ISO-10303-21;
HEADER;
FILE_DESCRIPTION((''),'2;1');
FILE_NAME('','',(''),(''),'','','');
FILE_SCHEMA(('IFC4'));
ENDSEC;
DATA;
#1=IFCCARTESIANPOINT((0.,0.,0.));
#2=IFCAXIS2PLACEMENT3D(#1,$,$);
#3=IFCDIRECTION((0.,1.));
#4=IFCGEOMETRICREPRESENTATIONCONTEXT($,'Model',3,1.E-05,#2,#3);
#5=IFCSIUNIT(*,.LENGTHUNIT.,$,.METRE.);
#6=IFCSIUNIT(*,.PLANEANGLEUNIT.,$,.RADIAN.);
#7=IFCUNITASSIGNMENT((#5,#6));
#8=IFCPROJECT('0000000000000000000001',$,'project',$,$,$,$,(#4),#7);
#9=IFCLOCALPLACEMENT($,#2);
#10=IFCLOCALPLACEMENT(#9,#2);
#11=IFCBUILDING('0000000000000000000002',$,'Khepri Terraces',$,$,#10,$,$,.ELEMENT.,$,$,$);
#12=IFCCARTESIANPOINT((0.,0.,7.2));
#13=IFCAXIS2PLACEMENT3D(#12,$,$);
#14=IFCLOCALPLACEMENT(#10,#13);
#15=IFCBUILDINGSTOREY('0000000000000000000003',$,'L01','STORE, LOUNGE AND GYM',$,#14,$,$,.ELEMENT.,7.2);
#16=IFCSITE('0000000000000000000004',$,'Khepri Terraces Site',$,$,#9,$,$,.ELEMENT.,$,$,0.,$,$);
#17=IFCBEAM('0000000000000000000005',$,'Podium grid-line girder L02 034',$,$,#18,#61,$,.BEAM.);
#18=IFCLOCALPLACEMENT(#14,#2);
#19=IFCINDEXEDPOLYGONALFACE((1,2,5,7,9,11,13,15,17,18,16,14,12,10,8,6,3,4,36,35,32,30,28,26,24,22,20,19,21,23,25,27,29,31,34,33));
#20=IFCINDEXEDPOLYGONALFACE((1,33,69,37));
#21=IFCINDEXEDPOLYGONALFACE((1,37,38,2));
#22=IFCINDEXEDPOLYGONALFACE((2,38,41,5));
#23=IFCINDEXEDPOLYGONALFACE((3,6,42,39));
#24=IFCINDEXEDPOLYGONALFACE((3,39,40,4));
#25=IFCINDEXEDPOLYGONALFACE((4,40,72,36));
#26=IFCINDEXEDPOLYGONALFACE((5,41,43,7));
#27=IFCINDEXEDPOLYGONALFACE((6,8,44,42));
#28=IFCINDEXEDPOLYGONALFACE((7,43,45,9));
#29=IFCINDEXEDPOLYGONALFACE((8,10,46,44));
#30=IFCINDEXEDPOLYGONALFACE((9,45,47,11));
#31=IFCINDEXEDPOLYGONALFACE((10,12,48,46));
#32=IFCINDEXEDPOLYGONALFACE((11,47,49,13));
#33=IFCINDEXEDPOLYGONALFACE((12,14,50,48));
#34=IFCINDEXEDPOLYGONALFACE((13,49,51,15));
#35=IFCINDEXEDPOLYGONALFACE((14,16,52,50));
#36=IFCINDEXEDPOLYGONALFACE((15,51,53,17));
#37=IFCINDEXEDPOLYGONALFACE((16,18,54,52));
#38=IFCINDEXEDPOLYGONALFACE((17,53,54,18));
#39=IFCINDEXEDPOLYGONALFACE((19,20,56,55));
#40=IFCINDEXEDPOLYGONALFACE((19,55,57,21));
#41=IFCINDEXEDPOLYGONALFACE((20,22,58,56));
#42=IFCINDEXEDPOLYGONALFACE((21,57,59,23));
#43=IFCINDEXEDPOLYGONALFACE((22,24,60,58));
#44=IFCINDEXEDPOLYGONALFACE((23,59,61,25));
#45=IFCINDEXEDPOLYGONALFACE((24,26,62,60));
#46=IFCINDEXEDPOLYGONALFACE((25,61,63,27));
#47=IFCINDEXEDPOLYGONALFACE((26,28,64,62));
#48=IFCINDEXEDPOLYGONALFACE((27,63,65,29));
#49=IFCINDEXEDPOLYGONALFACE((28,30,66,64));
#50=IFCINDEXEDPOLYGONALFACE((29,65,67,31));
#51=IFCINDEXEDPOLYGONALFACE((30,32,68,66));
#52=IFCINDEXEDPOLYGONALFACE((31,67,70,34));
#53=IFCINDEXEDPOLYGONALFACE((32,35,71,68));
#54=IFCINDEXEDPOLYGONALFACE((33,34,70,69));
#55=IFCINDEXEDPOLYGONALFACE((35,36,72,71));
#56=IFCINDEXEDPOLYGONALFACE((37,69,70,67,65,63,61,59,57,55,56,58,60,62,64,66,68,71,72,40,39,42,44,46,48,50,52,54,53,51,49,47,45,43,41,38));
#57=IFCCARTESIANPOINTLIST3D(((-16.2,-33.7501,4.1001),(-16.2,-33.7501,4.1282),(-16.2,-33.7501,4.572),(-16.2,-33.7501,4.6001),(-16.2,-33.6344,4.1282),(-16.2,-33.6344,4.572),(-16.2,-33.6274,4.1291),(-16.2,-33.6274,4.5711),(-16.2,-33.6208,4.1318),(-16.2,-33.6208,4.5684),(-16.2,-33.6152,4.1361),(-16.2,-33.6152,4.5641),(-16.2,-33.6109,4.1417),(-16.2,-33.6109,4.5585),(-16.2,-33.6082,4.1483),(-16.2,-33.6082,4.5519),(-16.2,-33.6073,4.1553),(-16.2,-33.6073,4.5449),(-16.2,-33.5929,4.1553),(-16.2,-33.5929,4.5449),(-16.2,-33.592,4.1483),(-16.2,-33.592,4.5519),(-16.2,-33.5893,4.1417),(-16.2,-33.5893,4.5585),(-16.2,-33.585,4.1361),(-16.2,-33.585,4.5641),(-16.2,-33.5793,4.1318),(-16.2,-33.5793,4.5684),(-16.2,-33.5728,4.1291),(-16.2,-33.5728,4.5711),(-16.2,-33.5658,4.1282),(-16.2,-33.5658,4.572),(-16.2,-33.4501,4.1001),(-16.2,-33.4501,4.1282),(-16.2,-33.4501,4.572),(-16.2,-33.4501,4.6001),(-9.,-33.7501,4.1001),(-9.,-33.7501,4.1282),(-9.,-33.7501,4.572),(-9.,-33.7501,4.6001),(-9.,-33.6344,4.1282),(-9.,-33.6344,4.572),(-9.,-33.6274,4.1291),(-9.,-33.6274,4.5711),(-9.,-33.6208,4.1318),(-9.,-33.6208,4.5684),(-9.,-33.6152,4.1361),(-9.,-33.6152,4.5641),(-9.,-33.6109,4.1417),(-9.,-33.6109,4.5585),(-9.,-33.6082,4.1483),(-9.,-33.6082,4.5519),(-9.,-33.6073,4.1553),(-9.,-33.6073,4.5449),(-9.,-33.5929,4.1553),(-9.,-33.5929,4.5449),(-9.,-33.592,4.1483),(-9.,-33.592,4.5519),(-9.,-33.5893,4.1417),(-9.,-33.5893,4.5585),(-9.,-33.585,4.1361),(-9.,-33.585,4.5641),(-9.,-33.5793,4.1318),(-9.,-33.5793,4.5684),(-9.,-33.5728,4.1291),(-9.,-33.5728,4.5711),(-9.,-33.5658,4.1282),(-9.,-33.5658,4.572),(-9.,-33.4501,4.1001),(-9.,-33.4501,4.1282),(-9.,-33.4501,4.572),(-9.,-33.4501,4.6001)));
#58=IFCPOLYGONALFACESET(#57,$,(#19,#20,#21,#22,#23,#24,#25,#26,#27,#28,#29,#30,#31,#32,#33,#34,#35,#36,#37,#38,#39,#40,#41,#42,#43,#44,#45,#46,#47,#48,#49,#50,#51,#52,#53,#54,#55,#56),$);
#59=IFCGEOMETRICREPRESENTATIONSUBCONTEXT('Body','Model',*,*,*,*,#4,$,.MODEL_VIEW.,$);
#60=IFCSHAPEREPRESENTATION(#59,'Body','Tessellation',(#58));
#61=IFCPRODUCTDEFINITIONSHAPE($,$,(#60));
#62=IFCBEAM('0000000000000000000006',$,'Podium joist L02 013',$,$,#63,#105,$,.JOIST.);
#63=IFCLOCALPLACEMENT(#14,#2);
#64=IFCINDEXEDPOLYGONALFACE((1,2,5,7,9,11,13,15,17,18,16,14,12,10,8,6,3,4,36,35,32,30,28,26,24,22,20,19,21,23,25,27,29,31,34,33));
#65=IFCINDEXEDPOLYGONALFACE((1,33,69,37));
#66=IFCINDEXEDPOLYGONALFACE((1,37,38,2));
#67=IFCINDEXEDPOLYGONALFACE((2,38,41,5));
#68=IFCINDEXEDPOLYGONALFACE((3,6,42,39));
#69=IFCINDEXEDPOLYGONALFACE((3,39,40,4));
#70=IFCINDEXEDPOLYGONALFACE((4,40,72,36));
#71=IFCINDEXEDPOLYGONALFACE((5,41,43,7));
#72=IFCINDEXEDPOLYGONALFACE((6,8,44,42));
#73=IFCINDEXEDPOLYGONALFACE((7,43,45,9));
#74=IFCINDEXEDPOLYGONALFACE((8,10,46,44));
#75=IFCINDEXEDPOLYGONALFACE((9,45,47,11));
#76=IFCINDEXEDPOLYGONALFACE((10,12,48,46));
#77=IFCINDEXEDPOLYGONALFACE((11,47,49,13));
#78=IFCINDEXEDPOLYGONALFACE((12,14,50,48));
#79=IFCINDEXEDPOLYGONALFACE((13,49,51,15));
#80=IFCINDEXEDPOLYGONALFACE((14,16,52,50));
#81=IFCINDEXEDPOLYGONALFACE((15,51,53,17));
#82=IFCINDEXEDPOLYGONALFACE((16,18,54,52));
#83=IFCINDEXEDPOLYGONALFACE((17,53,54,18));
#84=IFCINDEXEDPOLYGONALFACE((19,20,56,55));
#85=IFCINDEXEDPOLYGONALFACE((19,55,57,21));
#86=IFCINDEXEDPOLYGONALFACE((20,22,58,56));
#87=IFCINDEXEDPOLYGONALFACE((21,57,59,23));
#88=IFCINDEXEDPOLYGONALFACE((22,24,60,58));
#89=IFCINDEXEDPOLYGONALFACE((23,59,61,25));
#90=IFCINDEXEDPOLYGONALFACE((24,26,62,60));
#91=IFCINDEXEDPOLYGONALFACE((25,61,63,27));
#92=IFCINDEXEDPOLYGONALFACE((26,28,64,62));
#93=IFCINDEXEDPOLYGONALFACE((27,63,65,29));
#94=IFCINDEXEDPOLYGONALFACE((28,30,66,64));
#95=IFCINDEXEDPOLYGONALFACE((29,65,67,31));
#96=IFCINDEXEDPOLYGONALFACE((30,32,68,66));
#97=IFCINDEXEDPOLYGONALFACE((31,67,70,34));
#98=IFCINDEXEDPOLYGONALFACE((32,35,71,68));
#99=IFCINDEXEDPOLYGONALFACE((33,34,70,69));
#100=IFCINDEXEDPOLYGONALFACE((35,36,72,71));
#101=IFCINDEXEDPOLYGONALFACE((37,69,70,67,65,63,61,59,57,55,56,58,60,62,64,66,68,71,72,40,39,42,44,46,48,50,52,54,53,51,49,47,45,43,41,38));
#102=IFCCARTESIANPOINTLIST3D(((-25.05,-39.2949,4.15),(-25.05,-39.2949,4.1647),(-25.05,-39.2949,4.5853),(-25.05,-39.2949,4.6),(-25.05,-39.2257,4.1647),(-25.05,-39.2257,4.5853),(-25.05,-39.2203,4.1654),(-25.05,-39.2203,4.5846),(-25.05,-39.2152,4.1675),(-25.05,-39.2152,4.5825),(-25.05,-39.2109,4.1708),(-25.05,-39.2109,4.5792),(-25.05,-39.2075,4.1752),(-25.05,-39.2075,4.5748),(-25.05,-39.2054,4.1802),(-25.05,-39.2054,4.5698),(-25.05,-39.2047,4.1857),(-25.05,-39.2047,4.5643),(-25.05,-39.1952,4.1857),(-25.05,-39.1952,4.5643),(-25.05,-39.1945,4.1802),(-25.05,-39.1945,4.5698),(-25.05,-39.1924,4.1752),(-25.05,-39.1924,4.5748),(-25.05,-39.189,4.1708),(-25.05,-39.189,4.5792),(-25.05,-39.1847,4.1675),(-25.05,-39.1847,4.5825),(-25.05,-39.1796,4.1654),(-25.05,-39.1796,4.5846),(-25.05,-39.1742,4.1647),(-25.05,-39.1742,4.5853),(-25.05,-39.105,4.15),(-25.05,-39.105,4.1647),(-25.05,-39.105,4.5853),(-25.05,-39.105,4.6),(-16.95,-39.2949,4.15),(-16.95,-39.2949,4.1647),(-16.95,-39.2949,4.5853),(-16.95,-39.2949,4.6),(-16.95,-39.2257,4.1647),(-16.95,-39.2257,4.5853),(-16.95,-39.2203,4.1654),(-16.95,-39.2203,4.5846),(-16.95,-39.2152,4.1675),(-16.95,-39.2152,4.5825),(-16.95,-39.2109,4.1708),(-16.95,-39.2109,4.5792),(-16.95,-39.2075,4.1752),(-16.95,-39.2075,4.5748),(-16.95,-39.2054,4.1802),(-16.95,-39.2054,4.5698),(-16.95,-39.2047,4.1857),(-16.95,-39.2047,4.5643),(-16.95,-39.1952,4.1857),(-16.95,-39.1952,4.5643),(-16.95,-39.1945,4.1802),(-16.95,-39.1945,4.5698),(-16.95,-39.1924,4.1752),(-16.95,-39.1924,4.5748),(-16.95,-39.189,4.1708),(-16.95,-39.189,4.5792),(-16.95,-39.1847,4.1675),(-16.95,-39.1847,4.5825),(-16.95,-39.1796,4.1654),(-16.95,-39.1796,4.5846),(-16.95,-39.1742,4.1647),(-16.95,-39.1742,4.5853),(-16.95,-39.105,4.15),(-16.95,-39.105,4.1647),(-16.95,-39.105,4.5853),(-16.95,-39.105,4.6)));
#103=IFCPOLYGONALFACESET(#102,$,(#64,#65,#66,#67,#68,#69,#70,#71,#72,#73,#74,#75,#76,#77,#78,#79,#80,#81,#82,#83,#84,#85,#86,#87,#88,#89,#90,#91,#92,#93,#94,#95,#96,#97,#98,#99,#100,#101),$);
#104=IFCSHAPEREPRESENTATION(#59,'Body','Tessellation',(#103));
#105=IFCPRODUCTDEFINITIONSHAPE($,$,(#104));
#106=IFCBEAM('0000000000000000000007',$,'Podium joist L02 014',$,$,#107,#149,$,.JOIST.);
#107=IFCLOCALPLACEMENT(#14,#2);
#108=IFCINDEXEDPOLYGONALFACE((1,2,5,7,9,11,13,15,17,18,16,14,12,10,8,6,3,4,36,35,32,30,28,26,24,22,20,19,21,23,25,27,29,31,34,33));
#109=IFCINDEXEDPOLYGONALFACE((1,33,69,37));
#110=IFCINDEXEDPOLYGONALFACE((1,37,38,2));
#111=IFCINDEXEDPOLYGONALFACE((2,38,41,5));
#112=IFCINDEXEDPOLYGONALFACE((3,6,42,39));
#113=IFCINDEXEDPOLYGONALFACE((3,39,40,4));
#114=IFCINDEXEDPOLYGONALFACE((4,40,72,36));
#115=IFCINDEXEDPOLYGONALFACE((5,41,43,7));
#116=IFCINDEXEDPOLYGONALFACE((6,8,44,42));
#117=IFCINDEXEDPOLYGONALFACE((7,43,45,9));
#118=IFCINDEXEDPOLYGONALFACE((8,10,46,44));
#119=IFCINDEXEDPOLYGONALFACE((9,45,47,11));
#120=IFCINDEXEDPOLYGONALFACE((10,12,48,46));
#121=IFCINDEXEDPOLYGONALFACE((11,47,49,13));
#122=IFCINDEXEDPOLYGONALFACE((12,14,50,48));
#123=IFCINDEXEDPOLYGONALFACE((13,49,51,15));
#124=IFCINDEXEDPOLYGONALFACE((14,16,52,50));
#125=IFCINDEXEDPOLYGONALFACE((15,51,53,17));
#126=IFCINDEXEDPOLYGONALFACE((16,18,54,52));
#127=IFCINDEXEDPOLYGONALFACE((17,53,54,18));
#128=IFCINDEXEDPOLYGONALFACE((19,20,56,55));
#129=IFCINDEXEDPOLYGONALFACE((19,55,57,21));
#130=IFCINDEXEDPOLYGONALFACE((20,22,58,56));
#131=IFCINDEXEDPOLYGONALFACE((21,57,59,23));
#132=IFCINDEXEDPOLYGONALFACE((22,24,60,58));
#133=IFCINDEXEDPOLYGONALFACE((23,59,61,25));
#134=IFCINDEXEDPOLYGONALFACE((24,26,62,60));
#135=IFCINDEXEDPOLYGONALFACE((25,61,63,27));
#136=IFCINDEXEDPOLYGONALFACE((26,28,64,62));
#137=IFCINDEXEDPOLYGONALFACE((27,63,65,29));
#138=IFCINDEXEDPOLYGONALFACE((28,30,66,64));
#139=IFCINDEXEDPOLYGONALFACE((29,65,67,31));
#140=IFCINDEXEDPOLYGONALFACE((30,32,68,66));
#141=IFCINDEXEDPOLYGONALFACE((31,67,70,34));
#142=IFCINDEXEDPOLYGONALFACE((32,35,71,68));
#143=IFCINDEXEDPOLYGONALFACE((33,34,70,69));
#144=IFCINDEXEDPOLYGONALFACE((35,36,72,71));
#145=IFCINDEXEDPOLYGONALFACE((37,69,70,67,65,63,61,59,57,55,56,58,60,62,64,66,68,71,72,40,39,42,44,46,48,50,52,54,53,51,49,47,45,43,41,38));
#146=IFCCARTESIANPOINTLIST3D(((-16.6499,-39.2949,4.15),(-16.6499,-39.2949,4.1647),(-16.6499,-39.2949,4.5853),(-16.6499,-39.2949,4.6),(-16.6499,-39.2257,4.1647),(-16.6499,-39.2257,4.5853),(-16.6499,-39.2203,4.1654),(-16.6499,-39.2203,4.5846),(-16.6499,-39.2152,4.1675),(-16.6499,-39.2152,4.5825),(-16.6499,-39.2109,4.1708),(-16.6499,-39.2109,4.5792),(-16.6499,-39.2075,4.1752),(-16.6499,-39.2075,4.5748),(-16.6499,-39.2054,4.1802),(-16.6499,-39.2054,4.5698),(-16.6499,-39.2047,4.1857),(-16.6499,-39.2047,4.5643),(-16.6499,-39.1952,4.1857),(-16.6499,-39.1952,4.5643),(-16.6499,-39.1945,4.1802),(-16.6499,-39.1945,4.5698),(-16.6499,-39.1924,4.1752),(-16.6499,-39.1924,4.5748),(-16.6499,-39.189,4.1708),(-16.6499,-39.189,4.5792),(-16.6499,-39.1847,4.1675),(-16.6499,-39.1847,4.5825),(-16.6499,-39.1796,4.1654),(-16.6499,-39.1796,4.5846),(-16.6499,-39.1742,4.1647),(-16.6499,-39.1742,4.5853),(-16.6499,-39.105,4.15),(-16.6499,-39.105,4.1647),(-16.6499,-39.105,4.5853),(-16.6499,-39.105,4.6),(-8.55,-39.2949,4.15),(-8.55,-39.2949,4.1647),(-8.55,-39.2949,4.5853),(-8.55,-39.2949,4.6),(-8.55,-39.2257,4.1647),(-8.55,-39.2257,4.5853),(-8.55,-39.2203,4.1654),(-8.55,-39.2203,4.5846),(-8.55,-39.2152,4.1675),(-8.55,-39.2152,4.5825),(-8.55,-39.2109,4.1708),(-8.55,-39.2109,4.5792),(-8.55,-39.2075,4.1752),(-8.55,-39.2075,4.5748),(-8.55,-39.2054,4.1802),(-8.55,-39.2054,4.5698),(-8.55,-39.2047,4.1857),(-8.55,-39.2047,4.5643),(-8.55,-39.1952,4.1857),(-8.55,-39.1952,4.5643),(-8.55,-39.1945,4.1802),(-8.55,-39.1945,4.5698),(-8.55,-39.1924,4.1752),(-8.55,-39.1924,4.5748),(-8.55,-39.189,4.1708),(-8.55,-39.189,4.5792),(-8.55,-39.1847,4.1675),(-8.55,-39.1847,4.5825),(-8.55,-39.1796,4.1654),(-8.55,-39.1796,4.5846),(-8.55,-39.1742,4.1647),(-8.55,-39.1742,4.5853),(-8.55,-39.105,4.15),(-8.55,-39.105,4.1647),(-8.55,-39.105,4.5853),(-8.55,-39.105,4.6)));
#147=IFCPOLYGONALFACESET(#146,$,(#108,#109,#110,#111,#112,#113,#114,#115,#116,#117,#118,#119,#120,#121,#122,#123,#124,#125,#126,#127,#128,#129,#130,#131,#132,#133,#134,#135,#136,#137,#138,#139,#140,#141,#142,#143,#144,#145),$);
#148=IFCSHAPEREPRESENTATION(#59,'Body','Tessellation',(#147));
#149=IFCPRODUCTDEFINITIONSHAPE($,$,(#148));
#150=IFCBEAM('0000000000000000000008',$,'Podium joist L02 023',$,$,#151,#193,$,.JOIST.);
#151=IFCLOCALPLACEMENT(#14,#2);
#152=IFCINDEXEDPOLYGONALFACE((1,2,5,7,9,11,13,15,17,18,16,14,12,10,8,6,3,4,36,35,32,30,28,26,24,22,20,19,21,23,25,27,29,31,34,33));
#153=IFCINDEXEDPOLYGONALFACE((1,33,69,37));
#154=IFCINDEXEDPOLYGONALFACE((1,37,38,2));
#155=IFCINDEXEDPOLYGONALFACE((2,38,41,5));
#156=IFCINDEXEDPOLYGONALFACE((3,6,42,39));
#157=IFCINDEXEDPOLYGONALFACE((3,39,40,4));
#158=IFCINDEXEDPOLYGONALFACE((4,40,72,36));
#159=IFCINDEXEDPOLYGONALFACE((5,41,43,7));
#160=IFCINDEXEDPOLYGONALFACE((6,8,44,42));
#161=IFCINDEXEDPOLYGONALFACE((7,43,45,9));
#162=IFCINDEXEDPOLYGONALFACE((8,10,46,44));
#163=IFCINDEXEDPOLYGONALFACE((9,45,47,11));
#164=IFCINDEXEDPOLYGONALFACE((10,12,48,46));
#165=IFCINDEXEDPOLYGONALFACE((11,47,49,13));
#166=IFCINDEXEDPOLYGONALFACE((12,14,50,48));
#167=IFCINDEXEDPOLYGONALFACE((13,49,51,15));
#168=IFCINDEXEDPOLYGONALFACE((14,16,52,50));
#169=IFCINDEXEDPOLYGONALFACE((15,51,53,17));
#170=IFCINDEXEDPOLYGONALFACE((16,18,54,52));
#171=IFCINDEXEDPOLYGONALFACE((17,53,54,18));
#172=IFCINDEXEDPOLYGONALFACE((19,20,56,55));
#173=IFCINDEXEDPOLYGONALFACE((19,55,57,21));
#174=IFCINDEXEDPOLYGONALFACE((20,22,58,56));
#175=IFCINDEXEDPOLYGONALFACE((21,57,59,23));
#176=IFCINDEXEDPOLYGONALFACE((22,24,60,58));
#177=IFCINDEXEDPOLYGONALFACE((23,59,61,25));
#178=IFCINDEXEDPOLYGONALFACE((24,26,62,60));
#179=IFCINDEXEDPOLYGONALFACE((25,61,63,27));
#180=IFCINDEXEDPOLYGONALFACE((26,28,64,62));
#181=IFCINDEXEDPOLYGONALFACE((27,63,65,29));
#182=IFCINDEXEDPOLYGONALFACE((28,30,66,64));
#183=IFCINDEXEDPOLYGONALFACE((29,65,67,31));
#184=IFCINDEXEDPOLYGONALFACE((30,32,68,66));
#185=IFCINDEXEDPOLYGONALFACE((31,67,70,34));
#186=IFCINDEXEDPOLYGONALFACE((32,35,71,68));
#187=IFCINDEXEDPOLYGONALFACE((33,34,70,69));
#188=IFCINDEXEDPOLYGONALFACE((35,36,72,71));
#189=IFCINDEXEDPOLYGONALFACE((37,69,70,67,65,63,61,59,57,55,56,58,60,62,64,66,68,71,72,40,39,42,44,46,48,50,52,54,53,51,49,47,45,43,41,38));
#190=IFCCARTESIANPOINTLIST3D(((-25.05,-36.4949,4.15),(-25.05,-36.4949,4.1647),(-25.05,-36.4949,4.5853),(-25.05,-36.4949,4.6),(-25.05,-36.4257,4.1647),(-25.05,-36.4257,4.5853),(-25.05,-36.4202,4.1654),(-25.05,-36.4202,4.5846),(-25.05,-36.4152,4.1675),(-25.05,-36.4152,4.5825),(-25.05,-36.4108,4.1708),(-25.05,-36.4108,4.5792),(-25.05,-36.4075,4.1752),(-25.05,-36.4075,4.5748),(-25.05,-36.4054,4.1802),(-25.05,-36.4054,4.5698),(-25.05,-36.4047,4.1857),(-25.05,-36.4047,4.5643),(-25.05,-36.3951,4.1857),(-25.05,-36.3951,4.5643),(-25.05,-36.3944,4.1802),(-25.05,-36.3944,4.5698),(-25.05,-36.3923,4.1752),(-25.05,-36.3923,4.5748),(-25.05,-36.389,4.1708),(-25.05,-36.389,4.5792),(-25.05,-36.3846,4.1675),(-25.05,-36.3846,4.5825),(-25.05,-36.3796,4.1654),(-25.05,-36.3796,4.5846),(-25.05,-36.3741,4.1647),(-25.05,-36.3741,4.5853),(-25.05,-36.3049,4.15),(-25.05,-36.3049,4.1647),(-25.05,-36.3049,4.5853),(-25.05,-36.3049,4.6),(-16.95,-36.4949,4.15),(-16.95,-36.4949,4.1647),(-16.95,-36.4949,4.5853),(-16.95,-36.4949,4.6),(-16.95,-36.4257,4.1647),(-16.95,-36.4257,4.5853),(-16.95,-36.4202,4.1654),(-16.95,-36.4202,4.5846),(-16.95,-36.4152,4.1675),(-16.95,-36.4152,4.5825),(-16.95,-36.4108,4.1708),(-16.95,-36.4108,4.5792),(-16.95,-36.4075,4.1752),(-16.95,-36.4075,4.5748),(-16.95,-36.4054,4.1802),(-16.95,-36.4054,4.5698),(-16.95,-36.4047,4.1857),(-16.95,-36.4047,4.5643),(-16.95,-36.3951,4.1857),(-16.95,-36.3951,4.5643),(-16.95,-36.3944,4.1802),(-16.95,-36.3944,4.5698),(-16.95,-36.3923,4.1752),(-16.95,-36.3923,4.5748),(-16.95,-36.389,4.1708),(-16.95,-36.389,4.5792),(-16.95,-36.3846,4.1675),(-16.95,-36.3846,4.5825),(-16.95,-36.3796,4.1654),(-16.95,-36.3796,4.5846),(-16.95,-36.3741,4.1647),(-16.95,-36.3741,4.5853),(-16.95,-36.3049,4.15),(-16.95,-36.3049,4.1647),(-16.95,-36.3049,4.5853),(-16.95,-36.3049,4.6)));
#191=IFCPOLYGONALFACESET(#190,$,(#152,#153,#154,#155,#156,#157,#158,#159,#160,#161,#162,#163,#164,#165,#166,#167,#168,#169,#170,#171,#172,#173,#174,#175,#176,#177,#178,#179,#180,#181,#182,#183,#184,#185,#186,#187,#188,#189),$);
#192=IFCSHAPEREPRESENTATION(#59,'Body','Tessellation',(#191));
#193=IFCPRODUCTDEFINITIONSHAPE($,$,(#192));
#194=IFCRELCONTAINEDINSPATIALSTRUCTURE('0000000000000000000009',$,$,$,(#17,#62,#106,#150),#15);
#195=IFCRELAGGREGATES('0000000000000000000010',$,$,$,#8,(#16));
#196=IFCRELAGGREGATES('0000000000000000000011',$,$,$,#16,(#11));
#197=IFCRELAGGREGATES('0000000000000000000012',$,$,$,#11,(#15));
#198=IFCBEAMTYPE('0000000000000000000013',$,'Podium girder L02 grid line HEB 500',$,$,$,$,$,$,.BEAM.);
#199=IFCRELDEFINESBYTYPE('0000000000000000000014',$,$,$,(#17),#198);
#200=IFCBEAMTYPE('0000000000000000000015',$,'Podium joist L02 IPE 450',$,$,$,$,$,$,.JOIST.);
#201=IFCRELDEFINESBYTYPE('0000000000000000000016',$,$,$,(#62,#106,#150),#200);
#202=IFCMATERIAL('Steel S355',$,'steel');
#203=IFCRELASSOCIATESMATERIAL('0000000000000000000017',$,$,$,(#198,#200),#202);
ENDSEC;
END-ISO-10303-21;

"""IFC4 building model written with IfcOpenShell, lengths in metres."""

from ifc_helpers import new_model, si_unit, direction, frame, origin, origin_2d, place, context, subcontext, project, spatial, i_section, extrude, material, material_profile, profile_set, type_object, element, save


model = new_model("IFC4")

# Units and contexts
model_context = context("Model", 3, precision=1e-05, world=origin(), true_north=direction((0.0, 1.0)))
body_context = subcontext(model_context, "Body", "Model", "MODEL_VIEW")
ifc_project = project(units=[si_unit("LENGTHUNIT", "METRE"), si_unit("PLANEANGLEUNIT", "RADIAN")], contexts=[model_context])

# Site, building, storey
site_placement = place(None, origin())
site = spatial("IfcSite", under=ifc_project, at=site_placement, Name="Khepri Terraces Site", CompositionType="ELEMENT", RefElevation=0.0)
building_placement = place(site_placement, origin())
building = spatial("IfcBuilding", under=site, at=building_placement, Name="Khepri Terraces", CompositionType="ELEMENT")
storey_placement = place(building_placement, frame((0.0, 0.0, 7.2)))
storey = spatial("IfcBuildingStorey", under=building, at=storey_placement, Name="L01", Description="STORE, LOUNGE AND GYM", CompositionType="ELEMENT", Elevation=7.2)

# Beams
ifc_material_1 = material(Name="Steel S355", Category="steel")
ifc_material_profile_1 = material_profile(ifc_material_1, i_section(OverallWidth=0.3, OverallDepth=0.5, WebThickness=0.0144, FlangeThickness=0.0281, FilletRadius=0.0271, at=origin_2d()), Name="Steel S355", Category="steel")
ifc_profile_set_1 = profile_set([ifc_material_profile_1], Name="Steel S355")
beam_type_1 = type_object("IfcBeamType", Name="Podium girder L02 grid line HEB 500", PredefinedType="BEAM", material=ifc_profile_set_1)
beam_1_placement = place(storey_placement, frame((-16.2, -33.6001, 4.3501), z_axis=(1.0, 0.0, 0.0), x_axis=(0.0, 1.0, 0.0)))
element("IfcBeam", 1, at=beam_1_placement, inside=storey, type_object=beam_type_1, Name="Podium grid-line girder L02 034", PredefinedType="BEAM", context=body_context, shape_type="SweptSolid", body=[
    extrude(i_section(OverallWidth=0.3, OverallDepth=0.5, WebThickness=0.0144, FlangeThickness=0.0281, FilletRadius=0.0271, at=origin_2d()), origin(), (0.0, 0.0, 1.0), 7.2),
])
ifc_material_profile_2 = material_profile(ifc_material_1, i_section(OverallWidth=0.1899, OverallDepth=0.45, WebThickness=0.0095, FlangeThickness=0.0146, FilletRadius=0.021, at=origin_2d()), Name="Steel S355", Category="steel")
ifc_profile_set_2 = profile_set([ifc_material_profile_2], Name="Steel S355")
beam_type_2 = type_object("IfcBeamType", Name="Podium joist L02 IPE 450", PredefinedType="JOIST", material=ifc_profile_set_2)
beam_2_placement = place(storey_placement, frame((-25.05, -39.2, 4.375), z_axis=(1.0, 0.0, 0.0), x_axis=(0.0, 1.0, 0.0)))
element("IfcBeam", 2, at=beam_2_placement, inside=storey, type_object=beam_type_2, Name="Podium joist L02 013", PredefinedType="JOIST", context=body_context, shape_type="SweptSolid", body=[
    extrude(i_section(OverallWidth=0.1899, OverallDepth=0.45, WebThickness=0.0095, FlangeThickness=0.0146, FilletRadius=0.021, at=origin_2d()), origin(), (0.0, 0.0, 1.0), 8.1001),
])
beam_3_placement = place(storey_placement, frame((-16.6499, -39.2, 4.375), z_axis=(1.0, 0.0, 0.0), x_axis=(0.0, 1.0, 0.0)))
element("IfcBeam", 3, at=beam_3_placement, inside=storey, type_object=beam_type_2, Name="Podium joist L02 014", PredefinedType="JOIST", context=body_context, shape_type="SweptSolid", body=[
    extrude(i_section(OverallWidth=0.1899, OverallDepth=0.45, WebThickness=0.0095, FlangeThickness=0.0146, FilletRadius=0.021, at=origin_2d()), origin(), (0.0, 0.0, 1.0), 8.0999),
])
beam_4_placement = place(storey_placement, frame((-25.05, -36.3999, 4.375), z_axis=(1.0, 0.0, 0.0), x_axis=(0.0, 1.0, 0.0)))
element("IfcBeam", 4, at=beam_4_placement, inside=storey, type_object=beam_type_2, Name="Podium joist L02 023", PredefinedType="JOIST", context=body_context, shape_type="SweptSolid", body=[
    extrude(i_section(OverallWidth=0.1899, OverallDepth=0.45, WebThickness=0.0095, FlangeThickness=0.0146, FilletRadius=0.021, at=origin_2d()), origin(), (0.0, 0.0, 1.0), 8.1001),
])

save(model, "model.ifc")
